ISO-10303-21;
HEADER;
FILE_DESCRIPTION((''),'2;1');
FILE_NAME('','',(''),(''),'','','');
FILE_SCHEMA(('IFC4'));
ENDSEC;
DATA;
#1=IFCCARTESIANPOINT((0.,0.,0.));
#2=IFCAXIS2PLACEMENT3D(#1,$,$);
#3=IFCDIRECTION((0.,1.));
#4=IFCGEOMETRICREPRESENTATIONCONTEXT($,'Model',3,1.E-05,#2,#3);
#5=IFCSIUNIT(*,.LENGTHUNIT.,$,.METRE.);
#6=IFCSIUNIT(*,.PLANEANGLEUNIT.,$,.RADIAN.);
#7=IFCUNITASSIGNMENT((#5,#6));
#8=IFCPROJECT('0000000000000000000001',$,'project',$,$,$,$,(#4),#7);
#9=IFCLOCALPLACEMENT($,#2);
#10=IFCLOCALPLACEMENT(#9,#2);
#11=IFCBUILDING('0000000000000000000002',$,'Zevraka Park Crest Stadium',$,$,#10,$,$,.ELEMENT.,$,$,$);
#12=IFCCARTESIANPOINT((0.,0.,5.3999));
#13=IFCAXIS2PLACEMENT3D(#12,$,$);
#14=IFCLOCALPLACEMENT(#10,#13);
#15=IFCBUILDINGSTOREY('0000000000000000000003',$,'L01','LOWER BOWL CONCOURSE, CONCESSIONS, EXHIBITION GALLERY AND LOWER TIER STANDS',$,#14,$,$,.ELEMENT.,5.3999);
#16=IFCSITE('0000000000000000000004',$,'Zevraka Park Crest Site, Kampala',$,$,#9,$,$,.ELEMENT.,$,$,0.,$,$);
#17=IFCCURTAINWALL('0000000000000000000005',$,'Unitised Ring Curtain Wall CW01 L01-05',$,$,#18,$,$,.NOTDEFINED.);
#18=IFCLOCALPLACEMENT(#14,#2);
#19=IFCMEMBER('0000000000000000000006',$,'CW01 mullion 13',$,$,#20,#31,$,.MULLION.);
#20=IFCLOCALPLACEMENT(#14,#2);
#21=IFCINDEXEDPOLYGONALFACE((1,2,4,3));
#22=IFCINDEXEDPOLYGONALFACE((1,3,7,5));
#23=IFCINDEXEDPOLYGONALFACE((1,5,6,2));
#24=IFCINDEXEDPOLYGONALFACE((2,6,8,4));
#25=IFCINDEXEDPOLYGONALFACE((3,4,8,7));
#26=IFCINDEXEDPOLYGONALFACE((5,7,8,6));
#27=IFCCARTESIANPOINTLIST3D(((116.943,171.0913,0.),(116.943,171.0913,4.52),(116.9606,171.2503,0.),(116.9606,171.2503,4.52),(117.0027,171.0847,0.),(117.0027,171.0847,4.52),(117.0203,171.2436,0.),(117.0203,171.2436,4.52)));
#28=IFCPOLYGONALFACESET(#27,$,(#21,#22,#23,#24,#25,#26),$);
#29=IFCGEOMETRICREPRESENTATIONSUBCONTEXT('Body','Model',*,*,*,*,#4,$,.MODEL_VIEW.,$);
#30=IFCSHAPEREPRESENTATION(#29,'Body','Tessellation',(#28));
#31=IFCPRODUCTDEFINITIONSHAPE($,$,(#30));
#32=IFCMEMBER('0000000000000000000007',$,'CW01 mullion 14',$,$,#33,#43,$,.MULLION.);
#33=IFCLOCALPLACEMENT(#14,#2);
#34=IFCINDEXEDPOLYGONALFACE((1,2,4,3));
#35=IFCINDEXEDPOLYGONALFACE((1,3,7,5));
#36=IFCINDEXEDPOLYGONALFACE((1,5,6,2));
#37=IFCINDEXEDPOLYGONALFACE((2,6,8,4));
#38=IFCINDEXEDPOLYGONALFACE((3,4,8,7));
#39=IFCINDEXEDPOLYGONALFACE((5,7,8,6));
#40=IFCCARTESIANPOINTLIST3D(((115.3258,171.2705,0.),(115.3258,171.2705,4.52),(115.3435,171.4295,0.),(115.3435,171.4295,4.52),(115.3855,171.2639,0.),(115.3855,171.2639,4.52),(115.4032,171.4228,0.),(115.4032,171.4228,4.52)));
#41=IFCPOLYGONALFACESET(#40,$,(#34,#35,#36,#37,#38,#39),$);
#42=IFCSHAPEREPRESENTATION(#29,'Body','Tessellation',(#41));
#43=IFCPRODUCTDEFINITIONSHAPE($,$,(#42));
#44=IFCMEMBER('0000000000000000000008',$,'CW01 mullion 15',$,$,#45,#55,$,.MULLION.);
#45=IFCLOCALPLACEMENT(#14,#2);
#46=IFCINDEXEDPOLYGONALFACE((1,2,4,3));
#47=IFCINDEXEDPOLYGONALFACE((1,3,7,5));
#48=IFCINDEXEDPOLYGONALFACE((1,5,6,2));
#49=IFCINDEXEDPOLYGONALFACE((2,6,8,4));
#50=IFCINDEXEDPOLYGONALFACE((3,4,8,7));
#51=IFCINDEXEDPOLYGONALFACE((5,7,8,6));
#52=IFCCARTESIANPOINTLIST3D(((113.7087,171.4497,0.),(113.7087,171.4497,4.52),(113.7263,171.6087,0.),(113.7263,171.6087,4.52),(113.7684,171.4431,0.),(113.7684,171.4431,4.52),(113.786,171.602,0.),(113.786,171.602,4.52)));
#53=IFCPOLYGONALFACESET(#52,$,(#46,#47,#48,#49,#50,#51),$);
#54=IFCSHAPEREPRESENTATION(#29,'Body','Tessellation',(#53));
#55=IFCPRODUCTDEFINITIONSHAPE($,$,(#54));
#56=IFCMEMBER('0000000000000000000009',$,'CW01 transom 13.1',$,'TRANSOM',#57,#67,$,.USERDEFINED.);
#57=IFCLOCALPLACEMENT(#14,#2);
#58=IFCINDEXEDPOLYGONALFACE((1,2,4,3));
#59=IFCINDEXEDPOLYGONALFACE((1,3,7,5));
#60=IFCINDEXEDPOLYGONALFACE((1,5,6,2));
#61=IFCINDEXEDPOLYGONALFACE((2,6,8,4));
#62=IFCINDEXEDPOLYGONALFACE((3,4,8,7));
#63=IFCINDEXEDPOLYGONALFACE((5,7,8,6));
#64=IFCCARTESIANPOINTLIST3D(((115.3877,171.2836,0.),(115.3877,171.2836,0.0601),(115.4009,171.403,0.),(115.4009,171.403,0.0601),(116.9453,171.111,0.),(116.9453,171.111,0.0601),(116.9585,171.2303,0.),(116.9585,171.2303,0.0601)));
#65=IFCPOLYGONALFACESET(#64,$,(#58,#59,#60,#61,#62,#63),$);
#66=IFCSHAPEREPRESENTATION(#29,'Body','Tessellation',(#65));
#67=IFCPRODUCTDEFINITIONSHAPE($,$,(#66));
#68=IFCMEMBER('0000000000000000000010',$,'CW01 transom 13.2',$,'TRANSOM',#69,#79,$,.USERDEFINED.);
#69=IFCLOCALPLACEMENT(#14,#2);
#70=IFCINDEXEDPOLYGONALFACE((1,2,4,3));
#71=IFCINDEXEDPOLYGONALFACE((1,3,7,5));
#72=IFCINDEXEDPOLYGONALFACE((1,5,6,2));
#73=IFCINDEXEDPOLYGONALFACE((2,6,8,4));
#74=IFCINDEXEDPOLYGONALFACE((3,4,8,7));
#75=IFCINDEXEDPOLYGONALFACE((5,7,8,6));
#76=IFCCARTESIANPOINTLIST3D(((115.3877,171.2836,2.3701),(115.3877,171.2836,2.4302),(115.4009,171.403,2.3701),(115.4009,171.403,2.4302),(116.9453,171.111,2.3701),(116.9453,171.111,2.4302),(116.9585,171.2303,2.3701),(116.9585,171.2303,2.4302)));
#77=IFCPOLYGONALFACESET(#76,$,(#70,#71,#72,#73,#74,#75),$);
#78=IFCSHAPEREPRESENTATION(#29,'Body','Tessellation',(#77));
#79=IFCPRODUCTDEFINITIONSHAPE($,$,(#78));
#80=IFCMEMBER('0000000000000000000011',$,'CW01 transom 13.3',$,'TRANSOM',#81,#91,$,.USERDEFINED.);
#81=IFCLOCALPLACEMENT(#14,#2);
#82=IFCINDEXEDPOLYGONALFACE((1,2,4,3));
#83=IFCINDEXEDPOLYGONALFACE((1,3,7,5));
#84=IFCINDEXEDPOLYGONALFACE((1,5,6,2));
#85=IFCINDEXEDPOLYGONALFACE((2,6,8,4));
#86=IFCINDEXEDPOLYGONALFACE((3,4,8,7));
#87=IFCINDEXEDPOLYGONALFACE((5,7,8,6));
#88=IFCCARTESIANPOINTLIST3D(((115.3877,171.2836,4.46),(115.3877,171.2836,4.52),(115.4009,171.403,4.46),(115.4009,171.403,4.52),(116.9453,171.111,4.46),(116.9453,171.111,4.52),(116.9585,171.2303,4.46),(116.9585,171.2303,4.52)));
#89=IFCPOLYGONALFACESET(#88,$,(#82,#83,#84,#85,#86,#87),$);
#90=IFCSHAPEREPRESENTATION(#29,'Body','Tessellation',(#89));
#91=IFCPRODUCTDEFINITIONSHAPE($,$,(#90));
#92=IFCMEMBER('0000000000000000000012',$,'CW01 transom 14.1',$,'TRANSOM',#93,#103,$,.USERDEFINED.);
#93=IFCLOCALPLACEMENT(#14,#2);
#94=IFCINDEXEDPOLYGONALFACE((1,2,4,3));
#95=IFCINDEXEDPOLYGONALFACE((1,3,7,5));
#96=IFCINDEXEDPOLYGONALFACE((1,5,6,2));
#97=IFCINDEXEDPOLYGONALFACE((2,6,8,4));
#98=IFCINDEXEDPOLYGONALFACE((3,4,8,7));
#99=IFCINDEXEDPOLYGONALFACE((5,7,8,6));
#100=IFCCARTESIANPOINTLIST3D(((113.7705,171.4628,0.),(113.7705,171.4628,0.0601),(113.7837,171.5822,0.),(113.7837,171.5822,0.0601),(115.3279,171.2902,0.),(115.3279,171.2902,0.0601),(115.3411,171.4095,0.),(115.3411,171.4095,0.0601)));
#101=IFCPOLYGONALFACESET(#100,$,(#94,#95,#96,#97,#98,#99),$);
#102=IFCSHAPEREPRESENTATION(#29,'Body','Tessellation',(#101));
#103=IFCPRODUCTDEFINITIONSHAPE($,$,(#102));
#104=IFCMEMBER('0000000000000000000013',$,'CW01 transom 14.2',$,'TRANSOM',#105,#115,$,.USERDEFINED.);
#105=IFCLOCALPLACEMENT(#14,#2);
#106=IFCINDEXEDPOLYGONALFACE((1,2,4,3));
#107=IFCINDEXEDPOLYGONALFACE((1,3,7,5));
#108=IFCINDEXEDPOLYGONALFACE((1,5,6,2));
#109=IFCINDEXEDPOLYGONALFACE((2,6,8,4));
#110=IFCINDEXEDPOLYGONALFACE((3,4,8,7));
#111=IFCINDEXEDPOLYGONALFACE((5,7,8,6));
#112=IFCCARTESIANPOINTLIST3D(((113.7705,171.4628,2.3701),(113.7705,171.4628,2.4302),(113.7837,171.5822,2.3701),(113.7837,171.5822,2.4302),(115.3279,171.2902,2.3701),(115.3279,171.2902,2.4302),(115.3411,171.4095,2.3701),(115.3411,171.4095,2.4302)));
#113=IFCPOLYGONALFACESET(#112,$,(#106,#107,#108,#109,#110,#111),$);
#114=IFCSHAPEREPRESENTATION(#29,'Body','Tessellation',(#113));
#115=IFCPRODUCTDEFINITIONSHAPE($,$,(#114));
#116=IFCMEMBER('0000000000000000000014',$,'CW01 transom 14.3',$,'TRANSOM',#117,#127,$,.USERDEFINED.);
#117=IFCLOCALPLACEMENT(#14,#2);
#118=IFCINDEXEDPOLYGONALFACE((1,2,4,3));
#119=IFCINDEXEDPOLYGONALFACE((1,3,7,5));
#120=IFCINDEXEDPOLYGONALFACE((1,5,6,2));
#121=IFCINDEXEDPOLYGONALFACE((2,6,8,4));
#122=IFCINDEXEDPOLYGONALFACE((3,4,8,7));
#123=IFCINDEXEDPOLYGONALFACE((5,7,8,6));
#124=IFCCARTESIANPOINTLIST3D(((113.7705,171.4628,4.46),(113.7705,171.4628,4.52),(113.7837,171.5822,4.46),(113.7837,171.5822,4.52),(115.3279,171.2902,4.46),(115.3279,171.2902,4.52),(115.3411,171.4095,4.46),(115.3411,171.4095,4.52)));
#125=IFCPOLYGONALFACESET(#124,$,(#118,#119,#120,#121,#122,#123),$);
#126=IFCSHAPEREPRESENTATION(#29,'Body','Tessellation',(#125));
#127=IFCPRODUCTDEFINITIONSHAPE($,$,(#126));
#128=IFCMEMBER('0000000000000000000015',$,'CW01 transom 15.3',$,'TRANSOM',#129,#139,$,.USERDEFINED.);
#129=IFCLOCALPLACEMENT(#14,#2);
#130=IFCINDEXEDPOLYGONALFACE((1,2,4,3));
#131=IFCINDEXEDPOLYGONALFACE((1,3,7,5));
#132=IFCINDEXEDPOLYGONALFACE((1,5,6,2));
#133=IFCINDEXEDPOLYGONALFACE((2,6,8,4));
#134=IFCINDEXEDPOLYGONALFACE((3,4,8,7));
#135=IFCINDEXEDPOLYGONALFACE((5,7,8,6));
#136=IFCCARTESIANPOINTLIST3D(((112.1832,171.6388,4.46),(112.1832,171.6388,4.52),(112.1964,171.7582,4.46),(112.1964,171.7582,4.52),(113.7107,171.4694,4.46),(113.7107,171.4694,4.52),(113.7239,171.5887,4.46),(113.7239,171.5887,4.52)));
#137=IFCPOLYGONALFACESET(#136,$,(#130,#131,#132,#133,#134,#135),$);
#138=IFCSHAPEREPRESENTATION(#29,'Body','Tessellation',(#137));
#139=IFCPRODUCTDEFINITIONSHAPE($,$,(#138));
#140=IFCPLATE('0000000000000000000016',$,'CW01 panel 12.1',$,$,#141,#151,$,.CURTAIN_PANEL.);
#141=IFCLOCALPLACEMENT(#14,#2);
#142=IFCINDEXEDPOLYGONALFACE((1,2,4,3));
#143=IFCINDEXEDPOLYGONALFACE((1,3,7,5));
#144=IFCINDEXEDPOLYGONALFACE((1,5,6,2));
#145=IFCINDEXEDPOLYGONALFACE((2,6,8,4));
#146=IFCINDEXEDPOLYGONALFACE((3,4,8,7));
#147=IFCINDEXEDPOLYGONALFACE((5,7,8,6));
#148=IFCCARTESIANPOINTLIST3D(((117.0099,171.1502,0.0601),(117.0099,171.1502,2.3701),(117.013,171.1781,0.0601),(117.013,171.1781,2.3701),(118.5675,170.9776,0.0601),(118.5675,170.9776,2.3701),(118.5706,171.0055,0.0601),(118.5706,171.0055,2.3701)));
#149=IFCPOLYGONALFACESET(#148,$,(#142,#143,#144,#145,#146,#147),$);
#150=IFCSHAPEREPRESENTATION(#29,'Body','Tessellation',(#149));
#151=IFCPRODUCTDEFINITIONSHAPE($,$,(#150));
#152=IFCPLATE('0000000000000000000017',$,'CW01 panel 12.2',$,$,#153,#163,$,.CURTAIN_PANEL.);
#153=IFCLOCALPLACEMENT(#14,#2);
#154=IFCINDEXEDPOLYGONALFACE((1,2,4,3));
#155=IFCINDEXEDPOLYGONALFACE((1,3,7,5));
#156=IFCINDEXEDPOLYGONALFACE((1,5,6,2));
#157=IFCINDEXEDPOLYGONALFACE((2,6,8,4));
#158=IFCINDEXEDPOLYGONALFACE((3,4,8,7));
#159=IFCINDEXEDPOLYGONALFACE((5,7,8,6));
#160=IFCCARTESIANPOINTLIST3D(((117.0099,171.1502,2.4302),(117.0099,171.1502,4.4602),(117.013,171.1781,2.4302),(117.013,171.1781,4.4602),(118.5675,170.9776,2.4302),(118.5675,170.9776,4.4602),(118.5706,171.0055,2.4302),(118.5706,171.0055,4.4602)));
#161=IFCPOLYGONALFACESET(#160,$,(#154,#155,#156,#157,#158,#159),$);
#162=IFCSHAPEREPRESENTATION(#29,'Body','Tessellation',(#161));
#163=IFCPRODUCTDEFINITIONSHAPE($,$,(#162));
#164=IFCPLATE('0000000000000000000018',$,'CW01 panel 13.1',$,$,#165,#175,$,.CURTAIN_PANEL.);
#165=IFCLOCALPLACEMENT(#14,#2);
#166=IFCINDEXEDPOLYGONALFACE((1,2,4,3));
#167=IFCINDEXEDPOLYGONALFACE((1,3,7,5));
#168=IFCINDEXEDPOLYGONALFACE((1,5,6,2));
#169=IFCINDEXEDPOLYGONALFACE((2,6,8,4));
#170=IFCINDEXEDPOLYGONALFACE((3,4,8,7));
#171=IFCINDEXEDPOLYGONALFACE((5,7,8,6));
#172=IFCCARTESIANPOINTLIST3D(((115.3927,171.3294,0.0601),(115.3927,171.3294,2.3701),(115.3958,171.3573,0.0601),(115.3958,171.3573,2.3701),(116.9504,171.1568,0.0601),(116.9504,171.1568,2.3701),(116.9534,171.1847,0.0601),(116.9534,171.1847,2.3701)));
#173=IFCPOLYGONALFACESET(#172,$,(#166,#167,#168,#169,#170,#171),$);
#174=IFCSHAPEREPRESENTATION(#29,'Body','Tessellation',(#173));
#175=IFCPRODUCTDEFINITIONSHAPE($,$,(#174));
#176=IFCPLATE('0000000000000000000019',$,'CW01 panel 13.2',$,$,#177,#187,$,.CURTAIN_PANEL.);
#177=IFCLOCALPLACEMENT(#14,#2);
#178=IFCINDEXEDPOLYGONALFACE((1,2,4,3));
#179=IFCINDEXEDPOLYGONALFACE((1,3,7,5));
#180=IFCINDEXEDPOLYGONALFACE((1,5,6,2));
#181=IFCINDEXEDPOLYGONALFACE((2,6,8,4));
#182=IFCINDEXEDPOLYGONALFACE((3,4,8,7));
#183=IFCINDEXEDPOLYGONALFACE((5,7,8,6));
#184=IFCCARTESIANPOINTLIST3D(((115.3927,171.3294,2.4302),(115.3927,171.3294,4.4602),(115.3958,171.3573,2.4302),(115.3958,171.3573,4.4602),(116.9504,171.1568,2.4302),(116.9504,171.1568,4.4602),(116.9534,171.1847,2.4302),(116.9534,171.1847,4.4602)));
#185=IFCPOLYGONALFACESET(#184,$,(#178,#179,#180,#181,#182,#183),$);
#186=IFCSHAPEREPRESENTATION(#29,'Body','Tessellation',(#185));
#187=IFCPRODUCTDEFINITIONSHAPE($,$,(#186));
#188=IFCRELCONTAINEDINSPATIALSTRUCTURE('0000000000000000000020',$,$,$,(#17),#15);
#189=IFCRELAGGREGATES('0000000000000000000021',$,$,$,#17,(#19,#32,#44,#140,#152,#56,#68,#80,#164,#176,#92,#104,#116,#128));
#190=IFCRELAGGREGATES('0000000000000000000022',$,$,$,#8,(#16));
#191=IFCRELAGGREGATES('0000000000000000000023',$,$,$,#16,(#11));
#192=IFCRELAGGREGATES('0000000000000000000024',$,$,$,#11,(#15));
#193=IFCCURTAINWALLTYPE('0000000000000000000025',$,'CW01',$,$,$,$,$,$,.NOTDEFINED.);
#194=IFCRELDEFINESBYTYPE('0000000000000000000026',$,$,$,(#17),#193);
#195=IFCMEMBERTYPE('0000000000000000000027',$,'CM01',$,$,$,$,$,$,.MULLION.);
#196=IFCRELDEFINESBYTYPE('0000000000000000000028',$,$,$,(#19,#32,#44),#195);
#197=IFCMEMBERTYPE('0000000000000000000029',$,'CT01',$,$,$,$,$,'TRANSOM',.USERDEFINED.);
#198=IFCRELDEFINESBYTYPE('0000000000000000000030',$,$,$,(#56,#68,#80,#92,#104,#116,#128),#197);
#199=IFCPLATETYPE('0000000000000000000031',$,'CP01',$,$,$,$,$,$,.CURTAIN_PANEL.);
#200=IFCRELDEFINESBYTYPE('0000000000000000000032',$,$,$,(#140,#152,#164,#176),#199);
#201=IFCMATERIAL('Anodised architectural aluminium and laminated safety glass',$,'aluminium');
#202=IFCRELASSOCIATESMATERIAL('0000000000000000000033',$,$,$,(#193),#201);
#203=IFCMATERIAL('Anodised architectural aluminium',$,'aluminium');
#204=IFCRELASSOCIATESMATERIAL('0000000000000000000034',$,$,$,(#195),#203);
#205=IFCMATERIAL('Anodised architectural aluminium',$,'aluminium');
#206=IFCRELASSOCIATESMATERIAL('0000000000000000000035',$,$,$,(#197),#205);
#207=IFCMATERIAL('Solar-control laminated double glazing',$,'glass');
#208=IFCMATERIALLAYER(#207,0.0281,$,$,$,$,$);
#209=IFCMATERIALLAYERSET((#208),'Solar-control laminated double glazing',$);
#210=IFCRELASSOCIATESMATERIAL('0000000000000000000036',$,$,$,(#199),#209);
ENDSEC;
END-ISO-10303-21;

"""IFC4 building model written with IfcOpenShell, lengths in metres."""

from ifc_helpers import new_model, si_unit, direction, frame, origin, origin_2d, place, context, subcontext, project, spatial, rectangle, extrude, material, layer, layer_set, material_profile, profile_set, type_object, element, aggregate, save


model = new_model("IFC4")

# Units and contexts
model_context = context("Model", 3, precision=1e-05, world=origin(), true_north=direction((0.0, 1.0)))
body_context = subcontext(model_context, "Body", "Model", "MODEL_VIEW")
ifc_project = project(units=[si_unit("LENGTHUNIT", "METRE"), si_unit("PLANEANGLEUNIT", "RADIAN")], contexts=[model_context])

# Site, building, storey
site_placement = place(None, origin())
site = spatial("IfcSite", under=ifc_project, at=site_placement, Name="Zevraka Park Crest Site, Kampala", CompositionType="ELEMENT", RefElevation=0.0)
building_placement = place(site_placement, origin())
building = spatial("IfcBuilding", under=site, at=building_placement, Name="Zevraka Park Crest Stadium", CompositionType="ELEMENT")
storey_placement = place(building_placement, frame((0.0, 0.0, 5.3999)))
storey = spatial("IfcBuildingStorey", under=building, at=storey_placement, Name="L01", Description="LOWER BOWL CONCOURSE, CONCESSIONS, EXHIBITION GALLERY AND LOWER TIER STANDS", CompositionType="ELEMENT", Elevation=5.3999)

# Curtain wall, members, plates
ifc_material_1 = material(Name="Anodised architectural aluminium and laminated safety glass", Category="aluminium")
curtain_wall_type = type_object("IfcCurtainWallType", Name="CW01", PredefinedType="NOTDEFINED", material=ifc_material_1)
curtain_wall_placement = place(storey_placement, origin())
curtain_wall = element("IfcCurtainWall", 1, at=curtain_wall_placement, inside=storey, type_object=curtain_wall_type, Name="Unitised Ring Curtain Wall CW01 L01-05", PredefinedType="NOTDEFINED")
ifc_material_2 = material(Name="Anodised architectural aluminium", Category="aluminium")
ifc_material_profile_1 = material_profile(ifc_material_2, rectangle(XDim=0.1599, YDim=0.0601, at=origin_2d()), Name="ALU MULLION 160x60")
ifc_profile_set_1 = profile_set([ifc_material_profile_1], Name="Anodised architectural aluminium")
member_type_1 = type_object("IfcMemberType", Name="CM01", PredefinedType="MULLION", material=ifc_profile_set_1)
member_1_placement = place(storey_placement, frame((116.9817, 171.1675, 0.0), z_axis=(0.0, 0.0, 1.0), x_axis=(-0.110135, -0.993917, 0.0)))
member_1 = element("IfcMember", 2, at=member_1_placement, type_object=member_type_1, Name="CW01 mullion 13", PredefinedType="MULLION", context=body_context, shape_type="SweptSolid", body=[
    extrude(rectangle(XDim=0.1599, YDim=0.0601, at=origin_2d()), origin(), (0.0, 0.0, 1.0), 4.52),
])
member_2_placement = place(storey_placement, frame((115.3645, 171.3467, 0.0), z_axis=(0.0, 0.0, 1.0), x_axis=(-0.110135, -0.993917, 0.0)))
member_2 = element("IfcMember", 3, at=member_2_placement, type_object=member_type_1, Name="CW01 mullion 14", PredefinedType="MULLION", context=body_context, shape_type="SweptSolid", body=[
    extrude(rectangle(XDim=0.1599, YDim=0.0601, at=origin_2d()), origin(), (0.0, 0.0, 1.0), 4.52),
])
member_3_placement = place(storey_placement, frame((113.7473, 171.5259, 0.0), z_axis=(0.0, 0.0, 1.0), x_axis=(-0.110135, -0.993917, 0.0)))
member_3 = element("IfcMember", 4, at=member_3_placement, type_object=member_type_1, Name="CW01 mullion 15", PredefinedType="MULLION", context=body_context, shape_type="SweptSolid", body=[
    extrude(rectangle(XDim=0.1599, YDim=0.0601, at=origin_2d()), origin(), (0.0, 0.0, 1.0), 4.52),
])
ifc_material_3 = material(Name="Anodised architectural aluminium", Category="aluminium")
ifc_material_profile_2 = material_profile(ifc_material_3, rectangle(XDim=0.1201, YDim=0.0601, at=origin_2d()), Name="ALU TRANSOM 120x60")
ifc_profile_set_2 = profile_set([ifc_material_profile_2], Name="Anodised architectural aluminium")
member_type_2 = type_object("IfcMemberType", Name="CT01", ElementType="TRANSOM", PredefinedType="USERDEFINED", material=ifc_profile_set_2)
member_4_placement = place(storey_placement, frame((116.9519, 171.1707, 0.03), z_axis=(-0.993916, 0.110141, 0.0), x_axis=(-0.110141, -0.993916, 0.0)))
member_4 = element("IfcMember", 5, at=member_4_placement, type_object=member_type_2, Name="CW01 transom 13.1", ObjectType="TRANSOM", PredefinedType="USERDEFINED", context=body_context, shape_type="SweptSolid", body=[
    extrude(rectangle(XDim=0.1201, YDim=0.0601, at=origin_2d()), origin(), (0.0, 0.0, 1.0), 1.5671),
])
member_5_placement = place(storey_placement, frame((116.9519, 171.1707, 2.4001), z_axis=(-0.993916, 0.110141, 0.0), x_axis=(-0.110141, -0.993916, 0.0)))
member_5 = element("IfcMember", 6, at=member_5_placement, type_object=member_type_2, Name="CW01 transom 13.2", ObjectType="TRANSOM", PredefinedType="USERDEFINED", context=body_context, shape_type="SweptSolid", body=[
    extrude(rectangle(XDim=0.1201, YDim=0.0601, at=origin_2d()), origin(), (0.0, 0.0, 1.0), 1.5671),
])
member_6_placement = place(storey_placement, frame((116.9519, 171.1707, 4.49), z_axis=(-0.993916, 0.110141, 0.0), x_axis=(-0.110141, -0.993916, 0.0)))
member_6 = element("IfcMember", 7, at=member_6_placement, type_object=member_type_2, Name="CW01 transom 13.3", ObjectType="TRANSOM", PredefinedType="USERDEFINED", context=body_context, shape_type="SweptSolid", body=[
    extrude(rectangle(XDim=0.1201, YDim=0.0601, at=origin_2d()), origin(), (0.0, 0.0, 1.0), 1.5671),
])
member_7_placement = place(storey_placement, frame((115.3345, 171.3499, 0.03), z_axis=(-0.993914, 0.110158, 0.0), x_axis=(-0.110158, -0.993914, 0.0)))
member_7 = element("IfcMember", 8, at=member_7_placement, type_object=member_type_2, Name="CW01 transom 14.1", ObjectType="TRANSOM", PredefinedType="USERDEFINED", context=body_context, shape_type="SweptSolid", body=[
    extrude(rectangle(XDim=0.1201, YDim=0.0601, at=origin_2d()), origin(), (0.0, 0.0, 1.0), 1.5669),
])
member_8_placement = place(storey_placement, frame((115.3345, 171.3499, 2.4001), z_axis=(-0.993914, 0.110158, 0.0), x_axis=(-0.110158, -0.993914, 0.0)))
member_8 = element("IfcMember", 9, at=member_8_placement, type_object=member_type_2, Name="CW01 transom 14.2", ObjectType="TRANSOM", PredefinedType="USERDEFINED", context=body_context, shape_type="SweptSolid", body=[
    extrude(rectangle(XDim=0.1201, YDim=0.0601, at=origin_2d()), origin(), (0.0, 0.0, 1.0), 1.5669),
])
member_9_placement = place(storey_placement, frame((115.3345, 171.3499, 4.49), z_axis=(-0.993914, 0.110158, 0.0), x_axis=(-0.110158, -0.993914, 0.0)))
member_9 = element("IfcMember", 10, at=member_9_placement, type_object=member_type_2, Name="CW01 transom 14.3", ObjectType="TRANSOM", PredefinedType="USERDEFINED", context=body_context, shape_type="SweptSolid", body=[
    extrude(rectangle(XDim=0.1201, YDim=0.0601, at=origin_2d()), origin(), (0.0, 0.0, 1.0), 1.5669),
])
member_10_placement = place(storey_placement, frame((113.7173, 171.5291, 4.49), z_axis=(-0.993905, 0.11024, 0.0), x_axis=(-0.11024, -0.993905, 0.0)))
member_10 = element("IfcMember", 11, at=member_10_placement, type_object=member_type_2, Name="CW01 transom 15.3", ObjectType="TRANSOM", PredefinedType="USERDEFINED", context=body_context, shape_type="SweptSolid", body=[
    extrude(rectangle(XDim=0.1201, YDim=0.0601, at=origin_2d()), origin(), (0.0, 0.0, 1.0), 1.5369),
])
ifc_material_4 = material(Name="Solar-control laminated double glazing", Category="glass")
ifc_layer_1 = layer(ifc_material_4, 0.0281)
ifc_layer_set_1 = layer_set([ifc_layer_1], Name="Solar-control laminated double glazing")
plate_type = type_object("IfcPlateType", Name="CP01", PredefinedType="CURTAIN_PANEL", material=ifc_layer_set_1)
plate_1_placement = place(storey_placement, frame((117.7903, 171.0779, 0.0601), z_axis=(0.0, 0.0, 1.0), x_axis=(-0.993917, 0.110135, 0.0)))
plate_1 = element("IfcPlate", 12, at=plate_1_placement, type_object=plate_type, Name="CW01 panel 12.1", PredefinedType="CURTAIN_PANEL", context=body_context, shape_type="SweptSolid", body=[
    extrude(rectangle(XDim=1.5671, YDim=0.0281, at=origin_2d()), origin(), (0.0, 0.0, 1.0), 2.3101),
])
plate_2_placement = place(storey_placement, frame((117.7903, 171.0779, 2.4302), z_axis=(0.0, 0.0, 1.0), x_axis=(-0.993917, 0.110135, 0.0)))
plate_2 = element("IfcPlate", 13, at=plate_2_placement, type_object=plate_type, Name="CW01 panel 12.2", PredefinedType="CURTAIN_PANEL", context=body_context, shape_type="SweptSolid", body=[
    extrude(rectangle(XDim=1.5671, YDim=0.0281, at=origin_2d()), origin(), (0.0, 0.0, 1.0), 2.03),
])
plate_3_placement = place(storey_placement, frame((116.1731, 171.2571, 0.0601), z_axis=(0.0, 0.0, 1.0), x_axis=(-0.993917, 0.110135, 0.0)))
plate_3 = element("IfcPlate", 14, at=plate_3_placement, type_object=plate_type, Name="CW01 panel 13.1", PredefinedType="CURTAIN_PANEL", context=body_context, shape_type="SweptSolid", body=[
    extrude(rectangle(XDim=1.5671, YDim=0.0281, at=origin_2d()), origin(), (0.0, 0.0, 1.0), 2.3101),
])
plate_4_placement = place(storey_placement, frame((116.1731, 171.2571, 2.4302), z_axis=(0.0, 0.0, 1.0), x_axis=(-0.993917, 0.110135, 0.0)))
plate_4 = element("IfcPlate", 15, at=plate_4_placement, type_object=plate_type, Name="CW01 panel 13.2", PredefinedType="CURTAIN_PANEL", context=body_context, shape_type="SweptSolid", body=[
    extrude(rectangle(XDim=1.5671, YDim=0.0281, at=origin_2d()), origin(), (0.0, 0.0, 1.0), 2.03),
])
aggregate(curtain_wall, [member_1, member_2, member_3, plate_1, plate_2, member_4, member_5, member_6, plate_3, plate_4, member_7, member_8, member_9, member_10])

save(model, "model.ifc")
